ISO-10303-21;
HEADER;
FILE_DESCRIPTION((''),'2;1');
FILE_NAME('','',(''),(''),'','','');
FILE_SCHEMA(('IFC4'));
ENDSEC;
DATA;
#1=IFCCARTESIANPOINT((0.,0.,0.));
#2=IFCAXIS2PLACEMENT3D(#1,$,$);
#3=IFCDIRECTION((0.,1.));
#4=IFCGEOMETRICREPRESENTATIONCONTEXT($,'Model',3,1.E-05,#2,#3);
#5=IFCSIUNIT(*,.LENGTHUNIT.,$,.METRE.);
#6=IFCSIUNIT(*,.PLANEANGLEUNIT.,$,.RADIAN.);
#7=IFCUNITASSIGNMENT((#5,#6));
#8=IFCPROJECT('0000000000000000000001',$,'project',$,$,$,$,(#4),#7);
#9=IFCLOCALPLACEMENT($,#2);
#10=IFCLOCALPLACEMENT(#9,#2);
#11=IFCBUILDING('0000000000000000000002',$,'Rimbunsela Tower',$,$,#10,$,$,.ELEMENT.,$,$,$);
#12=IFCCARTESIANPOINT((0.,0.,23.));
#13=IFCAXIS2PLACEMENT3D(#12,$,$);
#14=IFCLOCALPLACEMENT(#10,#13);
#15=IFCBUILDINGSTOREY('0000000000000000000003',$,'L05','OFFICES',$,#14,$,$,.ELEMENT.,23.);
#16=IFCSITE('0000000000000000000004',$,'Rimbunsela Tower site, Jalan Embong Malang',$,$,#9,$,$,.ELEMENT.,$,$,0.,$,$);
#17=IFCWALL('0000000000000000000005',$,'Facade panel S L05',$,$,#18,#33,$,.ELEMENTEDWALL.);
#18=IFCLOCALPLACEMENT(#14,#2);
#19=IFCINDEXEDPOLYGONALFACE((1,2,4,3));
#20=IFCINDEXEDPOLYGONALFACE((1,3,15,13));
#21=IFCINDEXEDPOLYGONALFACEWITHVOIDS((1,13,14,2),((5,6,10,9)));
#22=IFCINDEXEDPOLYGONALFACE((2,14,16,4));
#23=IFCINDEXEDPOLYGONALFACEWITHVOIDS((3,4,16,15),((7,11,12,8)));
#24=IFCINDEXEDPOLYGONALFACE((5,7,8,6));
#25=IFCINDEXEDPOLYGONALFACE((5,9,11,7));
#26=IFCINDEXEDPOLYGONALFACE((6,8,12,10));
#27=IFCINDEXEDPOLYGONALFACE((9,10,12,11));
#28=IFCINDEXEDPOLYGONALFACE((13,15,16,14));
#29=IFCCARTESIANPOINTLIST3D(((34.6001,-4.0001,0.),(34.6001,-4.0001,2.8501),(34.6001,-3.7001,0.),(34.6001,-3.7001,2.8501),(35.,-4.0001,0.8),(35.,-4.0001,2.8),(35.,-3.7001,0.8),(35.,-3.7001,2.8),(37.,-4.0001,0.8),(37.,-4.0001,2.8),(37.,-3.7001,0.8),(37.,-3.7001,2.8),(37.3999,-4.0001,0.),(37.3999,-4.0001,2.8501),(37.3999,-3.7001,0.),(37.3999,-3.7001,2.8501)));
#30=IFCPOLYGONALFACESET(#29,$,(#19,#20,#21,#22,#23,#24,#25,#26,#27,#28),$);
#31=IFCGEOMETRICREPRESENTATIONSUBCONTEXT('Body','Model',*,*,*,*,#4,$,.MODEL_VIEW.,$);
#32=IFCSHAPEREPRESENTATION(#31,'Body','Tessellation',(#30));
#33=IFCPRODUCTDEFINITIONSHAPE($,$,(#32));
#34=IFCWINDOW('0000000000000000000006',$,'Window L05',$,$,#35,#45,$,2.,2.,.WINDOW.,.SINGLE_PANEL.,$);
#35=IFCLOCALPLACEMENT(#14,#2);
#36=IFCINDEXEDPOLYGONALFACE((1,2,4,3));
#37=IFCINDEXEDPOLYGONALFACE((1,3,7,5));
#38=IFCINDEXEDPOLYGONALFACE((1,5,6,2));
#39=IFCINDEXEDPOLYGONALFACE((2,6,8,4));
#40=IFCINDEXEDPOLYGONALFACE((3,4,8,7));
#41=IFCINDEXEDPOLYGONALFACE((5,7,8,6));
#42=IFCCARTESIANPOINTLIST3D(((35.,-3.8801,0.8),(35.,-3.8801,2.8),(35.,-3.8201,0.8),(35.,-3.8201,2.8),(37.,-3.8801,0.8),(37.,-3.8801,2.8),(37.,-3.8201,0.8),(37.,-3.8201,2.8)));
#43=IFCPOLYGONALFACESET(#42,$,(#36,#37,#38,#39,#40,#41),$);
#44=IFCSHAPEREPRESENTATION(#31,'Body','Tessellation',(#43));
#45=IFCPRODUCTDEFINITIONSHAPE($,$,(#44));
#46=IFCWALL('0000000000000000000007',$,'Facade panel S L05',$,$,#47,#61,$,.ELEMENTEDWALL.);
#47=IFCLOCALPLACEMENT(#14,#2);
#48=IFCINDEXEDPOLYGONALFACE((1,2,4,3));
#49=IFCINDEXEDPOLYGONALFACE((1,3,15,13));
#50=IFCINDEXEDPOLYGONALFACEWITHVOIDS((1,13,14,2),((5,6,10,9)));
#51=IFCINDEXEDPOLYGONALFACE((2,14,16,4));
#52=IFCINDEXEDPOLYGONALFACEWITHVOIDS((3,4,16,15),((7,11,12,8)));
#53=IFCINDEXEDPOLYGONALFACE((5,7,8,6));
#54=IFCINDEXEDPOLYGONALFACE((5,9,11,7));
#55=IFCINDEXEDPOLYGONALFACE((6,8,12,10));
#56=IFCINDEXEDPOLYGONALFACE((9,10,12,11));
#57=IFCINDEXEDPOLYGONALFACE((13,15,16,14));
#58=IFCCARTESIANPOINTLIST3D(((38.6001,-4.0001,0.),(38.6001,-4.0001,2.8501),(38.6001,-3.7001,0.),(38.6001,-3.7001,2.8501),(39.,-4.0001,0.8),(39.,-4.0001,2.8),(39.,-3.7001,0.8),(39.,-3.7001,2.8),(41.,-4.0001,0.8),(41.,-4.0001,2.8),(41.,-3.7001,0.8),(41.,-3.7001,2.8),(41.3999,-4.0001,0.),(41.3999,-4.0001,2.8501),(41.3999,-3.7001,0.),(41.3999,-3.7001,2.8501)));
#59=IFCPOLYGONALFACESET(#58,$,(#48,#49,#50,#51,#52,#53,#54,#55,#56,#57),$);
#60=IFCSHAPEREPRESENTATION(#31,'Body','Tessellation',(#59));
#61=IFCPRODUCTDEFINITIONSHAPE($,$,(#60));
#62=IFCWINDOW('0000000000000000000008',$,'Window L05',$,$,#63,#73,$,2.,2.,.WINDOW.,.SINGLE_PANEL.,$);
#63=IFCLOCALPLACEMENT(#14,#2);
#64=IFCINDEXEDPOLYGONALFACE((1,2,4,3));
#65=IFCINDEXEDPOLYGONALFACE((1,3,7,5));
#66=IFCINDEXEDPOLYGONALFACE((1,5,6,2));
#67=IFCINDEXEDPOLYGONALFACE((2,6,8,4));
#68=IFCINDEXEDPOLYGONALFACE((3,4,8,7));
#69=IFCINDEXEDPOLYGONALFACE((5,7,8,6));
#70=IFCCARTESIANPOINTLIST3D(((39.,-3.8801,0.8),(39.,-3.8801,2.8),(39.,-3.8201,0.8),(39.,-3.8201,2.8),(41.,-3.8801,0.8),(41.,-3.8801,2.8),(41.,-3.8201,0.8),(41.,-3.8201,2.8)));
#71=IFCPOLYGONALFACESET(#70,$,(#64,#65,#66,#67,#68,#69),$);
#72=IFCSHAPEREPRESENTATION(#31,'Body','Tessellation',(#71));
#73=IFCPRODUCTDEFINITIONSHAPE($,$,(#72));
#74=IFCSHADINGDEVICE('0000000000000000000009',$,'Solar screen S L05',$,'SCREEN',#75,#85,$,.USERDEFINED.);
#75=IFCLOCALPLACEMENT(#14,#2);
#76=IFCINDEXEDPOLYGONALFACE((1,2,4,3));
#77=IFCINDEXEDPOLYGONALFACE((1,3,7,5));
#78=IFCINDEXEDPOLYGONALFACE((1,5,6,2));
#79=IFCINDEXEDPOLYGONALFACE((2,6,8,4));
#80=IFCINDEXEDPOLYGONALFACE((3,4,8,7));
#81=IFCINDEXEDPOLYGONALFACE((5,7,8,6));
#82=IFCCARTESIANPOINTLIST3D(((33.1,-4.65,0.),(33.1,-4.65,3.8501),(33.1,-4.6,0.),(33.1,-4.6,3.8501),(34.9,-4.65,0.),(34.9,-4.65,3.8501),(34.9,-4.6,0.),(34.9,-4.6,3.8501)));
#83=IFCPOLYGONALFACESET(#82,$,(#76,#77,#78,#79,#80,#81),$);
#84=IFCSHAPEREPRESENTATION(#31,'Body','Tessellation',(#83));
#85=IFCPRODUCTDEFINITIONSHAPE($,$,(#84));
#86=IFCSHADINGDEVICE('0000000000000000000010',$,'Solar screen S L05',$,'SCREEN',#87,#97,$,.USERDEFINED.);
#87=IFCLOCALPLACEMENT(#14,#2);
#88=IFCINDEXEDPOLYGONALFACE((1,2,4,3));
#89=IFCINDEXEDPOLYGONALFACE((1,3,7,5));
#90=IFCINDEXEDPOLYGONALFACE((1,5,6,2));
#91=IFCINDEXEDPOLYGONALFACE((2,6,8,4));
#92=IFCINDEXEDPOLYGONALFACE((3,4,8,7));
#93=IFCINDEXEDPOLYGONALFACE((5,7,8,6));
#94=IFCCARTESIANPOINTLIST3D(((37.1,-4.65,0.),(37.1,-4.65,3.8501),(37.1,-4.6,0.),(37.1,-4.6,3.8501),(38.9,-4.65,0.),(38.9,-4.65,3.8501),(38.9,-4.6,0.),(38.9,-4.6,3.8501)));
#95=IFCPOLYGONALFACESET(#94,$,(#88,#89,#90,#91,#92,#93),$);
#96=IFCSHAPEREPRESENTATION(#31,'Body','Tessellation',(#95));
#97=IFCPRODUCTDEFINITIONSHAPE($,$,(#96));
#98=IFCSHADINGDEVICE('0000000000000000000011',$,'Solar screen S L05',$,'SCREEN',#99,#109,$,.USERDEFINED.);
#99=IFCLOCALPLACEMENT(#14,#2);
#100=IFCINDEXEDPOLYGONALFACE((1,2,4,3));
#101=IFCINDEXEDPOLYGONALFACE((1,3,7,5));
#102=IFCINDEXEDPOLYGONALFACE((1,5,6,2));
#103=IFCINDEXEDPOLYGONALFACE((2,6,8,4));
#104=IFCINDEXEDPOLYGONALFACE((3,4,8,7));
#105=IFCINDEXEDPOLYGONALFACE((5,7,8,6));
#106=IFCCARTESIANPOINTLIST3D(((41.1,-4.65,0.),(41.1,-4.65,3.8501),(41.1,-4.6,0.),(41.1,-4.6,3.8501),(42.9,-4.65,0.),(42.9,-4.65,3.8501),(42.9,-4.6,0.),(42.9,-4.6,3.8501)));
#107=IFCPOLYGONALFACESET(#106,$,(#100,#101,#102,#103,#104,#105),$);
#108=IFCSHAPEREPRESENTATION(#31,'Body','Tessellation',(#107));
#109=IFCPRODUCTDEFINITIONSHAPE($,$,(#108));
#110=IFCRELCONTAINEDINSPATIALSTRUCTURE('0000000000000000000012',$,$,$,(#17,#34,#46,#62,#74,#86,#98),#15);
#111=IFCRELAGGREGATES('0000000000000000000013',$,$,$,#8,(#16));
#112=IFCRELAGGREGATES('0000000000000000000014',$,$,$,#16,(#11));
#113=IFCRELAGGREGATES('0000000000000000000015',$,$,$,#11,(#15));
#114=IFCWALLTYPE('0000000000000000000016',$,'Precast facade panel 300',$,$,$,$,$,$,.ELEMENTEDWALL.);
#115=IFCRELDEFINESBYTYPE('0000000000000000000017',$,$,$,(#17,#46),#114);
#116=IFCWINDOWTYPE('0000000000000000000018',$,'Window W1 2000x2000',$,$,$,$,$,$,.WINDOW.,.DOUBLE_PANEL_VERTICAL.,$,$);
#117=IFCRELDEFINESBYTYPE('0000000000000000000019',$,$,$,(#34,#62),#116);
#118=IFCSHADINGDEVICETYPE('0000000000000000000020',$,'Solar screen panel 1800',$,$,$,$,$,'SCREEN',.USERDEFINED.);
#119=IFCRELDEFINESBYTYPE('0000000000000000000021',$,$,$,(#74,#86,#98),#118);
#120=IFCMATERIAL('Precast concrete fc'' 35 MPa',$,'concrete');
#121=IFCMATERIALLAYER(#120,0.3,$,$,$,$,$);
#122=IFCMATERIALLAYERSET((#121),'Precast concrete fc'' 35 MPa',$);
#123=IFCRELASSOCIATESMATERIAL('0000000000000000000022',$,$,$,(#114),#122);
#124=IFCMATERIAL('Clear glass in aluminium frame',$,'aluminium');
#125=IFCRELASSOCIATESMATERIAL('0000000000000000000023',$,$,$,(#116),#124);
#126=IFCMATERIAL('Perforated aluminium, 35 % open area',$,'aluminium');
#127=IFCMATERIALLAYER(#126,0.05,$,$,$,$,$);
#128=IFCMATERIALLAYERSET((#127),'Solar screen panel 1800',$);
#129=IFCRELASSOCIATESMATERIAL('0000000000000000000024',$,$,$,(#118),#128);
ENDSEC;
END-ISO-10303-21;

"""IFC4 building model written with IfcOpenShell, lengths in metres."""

from ifc_helpers import new_model, si_unit, direction, frame, frame_2d, origin, origin_2d, place, context, subcontext, project, spatial, rectangle, extrude, material, layer, layer_set, type_object, element, fill, save


model = new_model("IFC4")

# Units and contexts
model_context = context("Model", 3, precision=1e-05, world=origin(), true_north=direction((0.0, 1.0)))
body_context = subcontext(model_context, "Body", "Model", "MODEL_VIEW")
ifc_project = project(units=[si_unit("LENGTHUNIT", "METRE"), si_unit("PLANEANGLEUNIT", "RADIAN")], contexts=[model_context])

# Site, building, storey
site_placement = place(None, origin())
site = spatial("IfcSite", under=ifc_project, at=site_placement, Name="Rimbunsela Tower site, Jalan Embong Malang", CompositionType="ELEMENT", RefElevation=0.0)
building_placement = place(site_placement, origin())
building = spatial("IfcBuilding", under=site, at=building_placement, Name="Rimbunsela Tower", CompositionType="ELEMENT")
storey_placement = place(building_placement, frame((0.0, 0.0, 23.0)))
storey = spatial("IfcBuildingStorey", under=building, at=storey_placement, Name="L05", Description="OFFICES", CompositionType="ELEMENT", Elevation=23.0)

# Walls, openings, windows
ifc_material_1 = material(Name="Precast concrete fc' 35 MPa", Category="concrete")
ifc_layer_1 = layer(ifc_material_1, 0.3)
ifc_layer_set_1 = layer_set([ifc_layer_1], Name="Precast concrete fc' 35 MPa")
wall_type = type_object("IfcWallType", Name="Precast facade panel 300", PredefinedType="ELEMENTEDWALL", material=ifc_layer_set_1)
ifc_material_2 = material(Name="Clear glass in aluminium frame", Category="aluminium")
window_type = type_object("IfcWindowType", Name="Window W1 2000x2000", PartitioningType="DOUBLE_PANEL_VERTICAL", PredefinedType="WINDOW", material=ifc_material_2)
wall_1_placement = place(storey_placement, frame((34.6001, -3.8501, 0.0), z_axis=(0.0, 0.0, 1.0), x_axis=(1.0, 0.0, 0.0)))
wall_1 = element("IfcWall", 1, at=wall_1_placement, inside=storey, type_object=wall_type, Name="Facade panel S L05", PredefinedType="ELEMENTEDWALL", context=body_context, shape_type="SweptSolid", body=[
    extrude(rectangle(XDim=2.7998, YDim=0.3, at=frame_2d((1.3999, 0.0))), origin(), (0.0, 0.0, 1.0), 2.8501),
])
opening_1_placement = place(wall_1_placement, frame((0.3999, 0.0, 0.8)))
opening_1 = element("IfcOpeningElement", 2, at=opening_1_placement, cuts=wall_1, PredefinedType="OPENING", context=body_context, shape_type="SweptSolid", body=[
    extrude(rectangle(XDim=2.0, YDim=2.0, at=frame_2d((1.0, 1.0))), frame((0.0, 0.1599, 0.0), z_axis=(0.0, -1.0, 0.0), x_axis=(1.0, 0.0, 0.0)), (0.0, 0.0, 1.0), 0.3201),
])
window_1_placement = place(opening_1_placement, origin())
window_1 = element("IfcWindow", 3, at=window_1_placement, inside=storey, type_object=window_type, Name="Window L05", OverallHeight=2.0, OverallWidth=2.0, PartitioningType="SINGLE_PANEL", PredefinedType="WINDOW", context=body_context, shape_type="SweptSolid", body=[
    extrude(rectangle(XDim=2.0, YDim=2.0, at=frame_2d((1.0, 1.0))), frame((0.0, 0.03, 0.0), z_axis=(0.0, -1.0, 0.0), x_axis=(1.0, 0.0, 0.0)), (0.0, 0.0, 1.0), 0.0601),
])
fill(opening_1, window_1)
wall_2_placement = place(storey_placement, frame((38.6001, -3.8501, 0.0), z_axis=(0.0, 0.0, 1.0), x_axis=(1.0, 0.0, 0.0)))
wall_2 = element("IfcWall", 4, at=wall_2_placement, inside=storey, type_object=wall_type, Name="Facade panel S L05", PredefinedType="ELEMENTEDWALL", context=body_context, shape_type="SweptSolid", body=[
    extrude(rectangle(XDim=2.7998, YDim=0.3, at=frame_2d((1.3999, 0.0))), origin(), (0.0, 0.0, 1.0), 2.8501),
])
opening_2_placement = place(wall_2_placement, frame((0.3999, 0.0, 0.8)))
opening_2 = element("IfcOpeningElement", 5, at=opening_2_placement, cuts=wall_2, PredefinedType="OPENING", context=body_context, shape_type="SweptSolid", body=[
    extrude(rectangle(XDim=2.0, YDim=2.0, at=frame_2d((1.0, 1.0))), frame((0.0, 0.1599, 0.0), z_axis=(0.0, -1.0, 0.0), x_axis=(1.0, 0.0, 0.0)), (0.0, 0.0, 1.0), 0.3201),
])
window_2_placement = place(opening_2_placement, origin())
window_2 = element("IfcWindow", 6, at=window_2_placement, inside=storey, type_object=window_type, Name="Window L05", OverallHeight=2.0, OverallWidth=2.0, PartitioningType="SINGLE_PANEL", PredefinedType="WINDOW", context=body_context, shape_type="SweptSolid", body=[
    extrude(rectangle(XDim=2.0, YDim=2.0, at=frame_2d((1.0, 1.0))), frame((0.0, 0.03, 0.0), z_axis=(0.0, -1.0, 0.0), x_axis=(1.0, 0.0, 0.0)), (0.0, 0.0, 1.0), 0.0601),
])
fill(opening_2, window_2)

# Shading devices
ifc_material_3 = material(Name="Perforated aluminium, 35 % open area", Category="aluminium")
ifc_layer_2 = layer(ifc_material_3, 0.05)
ifc_layer_set_2 = layer_set([ifc_layer_2], Name="Solar screen panel 1800")
shading_device_type = type_object("IfcShadingDeviceType", Name="Solar screen panel 1800", ElementType="SCREEN", PredefinedType="USERDEFINED", material=ifc_layer_set_2)
for number, where, z_axis, x_axis, name in (
    (7, (34.0, -4.625, 0.0), (0.0, 0.0, 1.0), (1.0, 0.0, 0.0), "Solar screen S L05"),
    (8, (38.0, -4.625, 0.0), (0.0, 0.0, 1.0), (1.0, 0.0, 0.0), "Solar screen S L05"),
    (9, (42.0, -4.625, 0.0), (0.0, 0.0, 1.0), (1.0, 0.0, 0.0), "Solar screen S L05"),
):
    element("IfcShadingDevice", number, at=place(storey_placement, frame(where, z_axis=z_axis, x_axis=x_axis)), inside=storey, type_object=shading_device_type, Name=name, ObjectType="SCREEN", PredefinedType="USERDEFINED", context=body_context, shape_type="SweptSolid", body=[
        extrude(rectangle(XDim=1.8, YDim=0.05, at=origin_2d()), origin(), (0.0, 0.0, 1.0), 3.8501),
    ])

save(model, "model.ifc")
